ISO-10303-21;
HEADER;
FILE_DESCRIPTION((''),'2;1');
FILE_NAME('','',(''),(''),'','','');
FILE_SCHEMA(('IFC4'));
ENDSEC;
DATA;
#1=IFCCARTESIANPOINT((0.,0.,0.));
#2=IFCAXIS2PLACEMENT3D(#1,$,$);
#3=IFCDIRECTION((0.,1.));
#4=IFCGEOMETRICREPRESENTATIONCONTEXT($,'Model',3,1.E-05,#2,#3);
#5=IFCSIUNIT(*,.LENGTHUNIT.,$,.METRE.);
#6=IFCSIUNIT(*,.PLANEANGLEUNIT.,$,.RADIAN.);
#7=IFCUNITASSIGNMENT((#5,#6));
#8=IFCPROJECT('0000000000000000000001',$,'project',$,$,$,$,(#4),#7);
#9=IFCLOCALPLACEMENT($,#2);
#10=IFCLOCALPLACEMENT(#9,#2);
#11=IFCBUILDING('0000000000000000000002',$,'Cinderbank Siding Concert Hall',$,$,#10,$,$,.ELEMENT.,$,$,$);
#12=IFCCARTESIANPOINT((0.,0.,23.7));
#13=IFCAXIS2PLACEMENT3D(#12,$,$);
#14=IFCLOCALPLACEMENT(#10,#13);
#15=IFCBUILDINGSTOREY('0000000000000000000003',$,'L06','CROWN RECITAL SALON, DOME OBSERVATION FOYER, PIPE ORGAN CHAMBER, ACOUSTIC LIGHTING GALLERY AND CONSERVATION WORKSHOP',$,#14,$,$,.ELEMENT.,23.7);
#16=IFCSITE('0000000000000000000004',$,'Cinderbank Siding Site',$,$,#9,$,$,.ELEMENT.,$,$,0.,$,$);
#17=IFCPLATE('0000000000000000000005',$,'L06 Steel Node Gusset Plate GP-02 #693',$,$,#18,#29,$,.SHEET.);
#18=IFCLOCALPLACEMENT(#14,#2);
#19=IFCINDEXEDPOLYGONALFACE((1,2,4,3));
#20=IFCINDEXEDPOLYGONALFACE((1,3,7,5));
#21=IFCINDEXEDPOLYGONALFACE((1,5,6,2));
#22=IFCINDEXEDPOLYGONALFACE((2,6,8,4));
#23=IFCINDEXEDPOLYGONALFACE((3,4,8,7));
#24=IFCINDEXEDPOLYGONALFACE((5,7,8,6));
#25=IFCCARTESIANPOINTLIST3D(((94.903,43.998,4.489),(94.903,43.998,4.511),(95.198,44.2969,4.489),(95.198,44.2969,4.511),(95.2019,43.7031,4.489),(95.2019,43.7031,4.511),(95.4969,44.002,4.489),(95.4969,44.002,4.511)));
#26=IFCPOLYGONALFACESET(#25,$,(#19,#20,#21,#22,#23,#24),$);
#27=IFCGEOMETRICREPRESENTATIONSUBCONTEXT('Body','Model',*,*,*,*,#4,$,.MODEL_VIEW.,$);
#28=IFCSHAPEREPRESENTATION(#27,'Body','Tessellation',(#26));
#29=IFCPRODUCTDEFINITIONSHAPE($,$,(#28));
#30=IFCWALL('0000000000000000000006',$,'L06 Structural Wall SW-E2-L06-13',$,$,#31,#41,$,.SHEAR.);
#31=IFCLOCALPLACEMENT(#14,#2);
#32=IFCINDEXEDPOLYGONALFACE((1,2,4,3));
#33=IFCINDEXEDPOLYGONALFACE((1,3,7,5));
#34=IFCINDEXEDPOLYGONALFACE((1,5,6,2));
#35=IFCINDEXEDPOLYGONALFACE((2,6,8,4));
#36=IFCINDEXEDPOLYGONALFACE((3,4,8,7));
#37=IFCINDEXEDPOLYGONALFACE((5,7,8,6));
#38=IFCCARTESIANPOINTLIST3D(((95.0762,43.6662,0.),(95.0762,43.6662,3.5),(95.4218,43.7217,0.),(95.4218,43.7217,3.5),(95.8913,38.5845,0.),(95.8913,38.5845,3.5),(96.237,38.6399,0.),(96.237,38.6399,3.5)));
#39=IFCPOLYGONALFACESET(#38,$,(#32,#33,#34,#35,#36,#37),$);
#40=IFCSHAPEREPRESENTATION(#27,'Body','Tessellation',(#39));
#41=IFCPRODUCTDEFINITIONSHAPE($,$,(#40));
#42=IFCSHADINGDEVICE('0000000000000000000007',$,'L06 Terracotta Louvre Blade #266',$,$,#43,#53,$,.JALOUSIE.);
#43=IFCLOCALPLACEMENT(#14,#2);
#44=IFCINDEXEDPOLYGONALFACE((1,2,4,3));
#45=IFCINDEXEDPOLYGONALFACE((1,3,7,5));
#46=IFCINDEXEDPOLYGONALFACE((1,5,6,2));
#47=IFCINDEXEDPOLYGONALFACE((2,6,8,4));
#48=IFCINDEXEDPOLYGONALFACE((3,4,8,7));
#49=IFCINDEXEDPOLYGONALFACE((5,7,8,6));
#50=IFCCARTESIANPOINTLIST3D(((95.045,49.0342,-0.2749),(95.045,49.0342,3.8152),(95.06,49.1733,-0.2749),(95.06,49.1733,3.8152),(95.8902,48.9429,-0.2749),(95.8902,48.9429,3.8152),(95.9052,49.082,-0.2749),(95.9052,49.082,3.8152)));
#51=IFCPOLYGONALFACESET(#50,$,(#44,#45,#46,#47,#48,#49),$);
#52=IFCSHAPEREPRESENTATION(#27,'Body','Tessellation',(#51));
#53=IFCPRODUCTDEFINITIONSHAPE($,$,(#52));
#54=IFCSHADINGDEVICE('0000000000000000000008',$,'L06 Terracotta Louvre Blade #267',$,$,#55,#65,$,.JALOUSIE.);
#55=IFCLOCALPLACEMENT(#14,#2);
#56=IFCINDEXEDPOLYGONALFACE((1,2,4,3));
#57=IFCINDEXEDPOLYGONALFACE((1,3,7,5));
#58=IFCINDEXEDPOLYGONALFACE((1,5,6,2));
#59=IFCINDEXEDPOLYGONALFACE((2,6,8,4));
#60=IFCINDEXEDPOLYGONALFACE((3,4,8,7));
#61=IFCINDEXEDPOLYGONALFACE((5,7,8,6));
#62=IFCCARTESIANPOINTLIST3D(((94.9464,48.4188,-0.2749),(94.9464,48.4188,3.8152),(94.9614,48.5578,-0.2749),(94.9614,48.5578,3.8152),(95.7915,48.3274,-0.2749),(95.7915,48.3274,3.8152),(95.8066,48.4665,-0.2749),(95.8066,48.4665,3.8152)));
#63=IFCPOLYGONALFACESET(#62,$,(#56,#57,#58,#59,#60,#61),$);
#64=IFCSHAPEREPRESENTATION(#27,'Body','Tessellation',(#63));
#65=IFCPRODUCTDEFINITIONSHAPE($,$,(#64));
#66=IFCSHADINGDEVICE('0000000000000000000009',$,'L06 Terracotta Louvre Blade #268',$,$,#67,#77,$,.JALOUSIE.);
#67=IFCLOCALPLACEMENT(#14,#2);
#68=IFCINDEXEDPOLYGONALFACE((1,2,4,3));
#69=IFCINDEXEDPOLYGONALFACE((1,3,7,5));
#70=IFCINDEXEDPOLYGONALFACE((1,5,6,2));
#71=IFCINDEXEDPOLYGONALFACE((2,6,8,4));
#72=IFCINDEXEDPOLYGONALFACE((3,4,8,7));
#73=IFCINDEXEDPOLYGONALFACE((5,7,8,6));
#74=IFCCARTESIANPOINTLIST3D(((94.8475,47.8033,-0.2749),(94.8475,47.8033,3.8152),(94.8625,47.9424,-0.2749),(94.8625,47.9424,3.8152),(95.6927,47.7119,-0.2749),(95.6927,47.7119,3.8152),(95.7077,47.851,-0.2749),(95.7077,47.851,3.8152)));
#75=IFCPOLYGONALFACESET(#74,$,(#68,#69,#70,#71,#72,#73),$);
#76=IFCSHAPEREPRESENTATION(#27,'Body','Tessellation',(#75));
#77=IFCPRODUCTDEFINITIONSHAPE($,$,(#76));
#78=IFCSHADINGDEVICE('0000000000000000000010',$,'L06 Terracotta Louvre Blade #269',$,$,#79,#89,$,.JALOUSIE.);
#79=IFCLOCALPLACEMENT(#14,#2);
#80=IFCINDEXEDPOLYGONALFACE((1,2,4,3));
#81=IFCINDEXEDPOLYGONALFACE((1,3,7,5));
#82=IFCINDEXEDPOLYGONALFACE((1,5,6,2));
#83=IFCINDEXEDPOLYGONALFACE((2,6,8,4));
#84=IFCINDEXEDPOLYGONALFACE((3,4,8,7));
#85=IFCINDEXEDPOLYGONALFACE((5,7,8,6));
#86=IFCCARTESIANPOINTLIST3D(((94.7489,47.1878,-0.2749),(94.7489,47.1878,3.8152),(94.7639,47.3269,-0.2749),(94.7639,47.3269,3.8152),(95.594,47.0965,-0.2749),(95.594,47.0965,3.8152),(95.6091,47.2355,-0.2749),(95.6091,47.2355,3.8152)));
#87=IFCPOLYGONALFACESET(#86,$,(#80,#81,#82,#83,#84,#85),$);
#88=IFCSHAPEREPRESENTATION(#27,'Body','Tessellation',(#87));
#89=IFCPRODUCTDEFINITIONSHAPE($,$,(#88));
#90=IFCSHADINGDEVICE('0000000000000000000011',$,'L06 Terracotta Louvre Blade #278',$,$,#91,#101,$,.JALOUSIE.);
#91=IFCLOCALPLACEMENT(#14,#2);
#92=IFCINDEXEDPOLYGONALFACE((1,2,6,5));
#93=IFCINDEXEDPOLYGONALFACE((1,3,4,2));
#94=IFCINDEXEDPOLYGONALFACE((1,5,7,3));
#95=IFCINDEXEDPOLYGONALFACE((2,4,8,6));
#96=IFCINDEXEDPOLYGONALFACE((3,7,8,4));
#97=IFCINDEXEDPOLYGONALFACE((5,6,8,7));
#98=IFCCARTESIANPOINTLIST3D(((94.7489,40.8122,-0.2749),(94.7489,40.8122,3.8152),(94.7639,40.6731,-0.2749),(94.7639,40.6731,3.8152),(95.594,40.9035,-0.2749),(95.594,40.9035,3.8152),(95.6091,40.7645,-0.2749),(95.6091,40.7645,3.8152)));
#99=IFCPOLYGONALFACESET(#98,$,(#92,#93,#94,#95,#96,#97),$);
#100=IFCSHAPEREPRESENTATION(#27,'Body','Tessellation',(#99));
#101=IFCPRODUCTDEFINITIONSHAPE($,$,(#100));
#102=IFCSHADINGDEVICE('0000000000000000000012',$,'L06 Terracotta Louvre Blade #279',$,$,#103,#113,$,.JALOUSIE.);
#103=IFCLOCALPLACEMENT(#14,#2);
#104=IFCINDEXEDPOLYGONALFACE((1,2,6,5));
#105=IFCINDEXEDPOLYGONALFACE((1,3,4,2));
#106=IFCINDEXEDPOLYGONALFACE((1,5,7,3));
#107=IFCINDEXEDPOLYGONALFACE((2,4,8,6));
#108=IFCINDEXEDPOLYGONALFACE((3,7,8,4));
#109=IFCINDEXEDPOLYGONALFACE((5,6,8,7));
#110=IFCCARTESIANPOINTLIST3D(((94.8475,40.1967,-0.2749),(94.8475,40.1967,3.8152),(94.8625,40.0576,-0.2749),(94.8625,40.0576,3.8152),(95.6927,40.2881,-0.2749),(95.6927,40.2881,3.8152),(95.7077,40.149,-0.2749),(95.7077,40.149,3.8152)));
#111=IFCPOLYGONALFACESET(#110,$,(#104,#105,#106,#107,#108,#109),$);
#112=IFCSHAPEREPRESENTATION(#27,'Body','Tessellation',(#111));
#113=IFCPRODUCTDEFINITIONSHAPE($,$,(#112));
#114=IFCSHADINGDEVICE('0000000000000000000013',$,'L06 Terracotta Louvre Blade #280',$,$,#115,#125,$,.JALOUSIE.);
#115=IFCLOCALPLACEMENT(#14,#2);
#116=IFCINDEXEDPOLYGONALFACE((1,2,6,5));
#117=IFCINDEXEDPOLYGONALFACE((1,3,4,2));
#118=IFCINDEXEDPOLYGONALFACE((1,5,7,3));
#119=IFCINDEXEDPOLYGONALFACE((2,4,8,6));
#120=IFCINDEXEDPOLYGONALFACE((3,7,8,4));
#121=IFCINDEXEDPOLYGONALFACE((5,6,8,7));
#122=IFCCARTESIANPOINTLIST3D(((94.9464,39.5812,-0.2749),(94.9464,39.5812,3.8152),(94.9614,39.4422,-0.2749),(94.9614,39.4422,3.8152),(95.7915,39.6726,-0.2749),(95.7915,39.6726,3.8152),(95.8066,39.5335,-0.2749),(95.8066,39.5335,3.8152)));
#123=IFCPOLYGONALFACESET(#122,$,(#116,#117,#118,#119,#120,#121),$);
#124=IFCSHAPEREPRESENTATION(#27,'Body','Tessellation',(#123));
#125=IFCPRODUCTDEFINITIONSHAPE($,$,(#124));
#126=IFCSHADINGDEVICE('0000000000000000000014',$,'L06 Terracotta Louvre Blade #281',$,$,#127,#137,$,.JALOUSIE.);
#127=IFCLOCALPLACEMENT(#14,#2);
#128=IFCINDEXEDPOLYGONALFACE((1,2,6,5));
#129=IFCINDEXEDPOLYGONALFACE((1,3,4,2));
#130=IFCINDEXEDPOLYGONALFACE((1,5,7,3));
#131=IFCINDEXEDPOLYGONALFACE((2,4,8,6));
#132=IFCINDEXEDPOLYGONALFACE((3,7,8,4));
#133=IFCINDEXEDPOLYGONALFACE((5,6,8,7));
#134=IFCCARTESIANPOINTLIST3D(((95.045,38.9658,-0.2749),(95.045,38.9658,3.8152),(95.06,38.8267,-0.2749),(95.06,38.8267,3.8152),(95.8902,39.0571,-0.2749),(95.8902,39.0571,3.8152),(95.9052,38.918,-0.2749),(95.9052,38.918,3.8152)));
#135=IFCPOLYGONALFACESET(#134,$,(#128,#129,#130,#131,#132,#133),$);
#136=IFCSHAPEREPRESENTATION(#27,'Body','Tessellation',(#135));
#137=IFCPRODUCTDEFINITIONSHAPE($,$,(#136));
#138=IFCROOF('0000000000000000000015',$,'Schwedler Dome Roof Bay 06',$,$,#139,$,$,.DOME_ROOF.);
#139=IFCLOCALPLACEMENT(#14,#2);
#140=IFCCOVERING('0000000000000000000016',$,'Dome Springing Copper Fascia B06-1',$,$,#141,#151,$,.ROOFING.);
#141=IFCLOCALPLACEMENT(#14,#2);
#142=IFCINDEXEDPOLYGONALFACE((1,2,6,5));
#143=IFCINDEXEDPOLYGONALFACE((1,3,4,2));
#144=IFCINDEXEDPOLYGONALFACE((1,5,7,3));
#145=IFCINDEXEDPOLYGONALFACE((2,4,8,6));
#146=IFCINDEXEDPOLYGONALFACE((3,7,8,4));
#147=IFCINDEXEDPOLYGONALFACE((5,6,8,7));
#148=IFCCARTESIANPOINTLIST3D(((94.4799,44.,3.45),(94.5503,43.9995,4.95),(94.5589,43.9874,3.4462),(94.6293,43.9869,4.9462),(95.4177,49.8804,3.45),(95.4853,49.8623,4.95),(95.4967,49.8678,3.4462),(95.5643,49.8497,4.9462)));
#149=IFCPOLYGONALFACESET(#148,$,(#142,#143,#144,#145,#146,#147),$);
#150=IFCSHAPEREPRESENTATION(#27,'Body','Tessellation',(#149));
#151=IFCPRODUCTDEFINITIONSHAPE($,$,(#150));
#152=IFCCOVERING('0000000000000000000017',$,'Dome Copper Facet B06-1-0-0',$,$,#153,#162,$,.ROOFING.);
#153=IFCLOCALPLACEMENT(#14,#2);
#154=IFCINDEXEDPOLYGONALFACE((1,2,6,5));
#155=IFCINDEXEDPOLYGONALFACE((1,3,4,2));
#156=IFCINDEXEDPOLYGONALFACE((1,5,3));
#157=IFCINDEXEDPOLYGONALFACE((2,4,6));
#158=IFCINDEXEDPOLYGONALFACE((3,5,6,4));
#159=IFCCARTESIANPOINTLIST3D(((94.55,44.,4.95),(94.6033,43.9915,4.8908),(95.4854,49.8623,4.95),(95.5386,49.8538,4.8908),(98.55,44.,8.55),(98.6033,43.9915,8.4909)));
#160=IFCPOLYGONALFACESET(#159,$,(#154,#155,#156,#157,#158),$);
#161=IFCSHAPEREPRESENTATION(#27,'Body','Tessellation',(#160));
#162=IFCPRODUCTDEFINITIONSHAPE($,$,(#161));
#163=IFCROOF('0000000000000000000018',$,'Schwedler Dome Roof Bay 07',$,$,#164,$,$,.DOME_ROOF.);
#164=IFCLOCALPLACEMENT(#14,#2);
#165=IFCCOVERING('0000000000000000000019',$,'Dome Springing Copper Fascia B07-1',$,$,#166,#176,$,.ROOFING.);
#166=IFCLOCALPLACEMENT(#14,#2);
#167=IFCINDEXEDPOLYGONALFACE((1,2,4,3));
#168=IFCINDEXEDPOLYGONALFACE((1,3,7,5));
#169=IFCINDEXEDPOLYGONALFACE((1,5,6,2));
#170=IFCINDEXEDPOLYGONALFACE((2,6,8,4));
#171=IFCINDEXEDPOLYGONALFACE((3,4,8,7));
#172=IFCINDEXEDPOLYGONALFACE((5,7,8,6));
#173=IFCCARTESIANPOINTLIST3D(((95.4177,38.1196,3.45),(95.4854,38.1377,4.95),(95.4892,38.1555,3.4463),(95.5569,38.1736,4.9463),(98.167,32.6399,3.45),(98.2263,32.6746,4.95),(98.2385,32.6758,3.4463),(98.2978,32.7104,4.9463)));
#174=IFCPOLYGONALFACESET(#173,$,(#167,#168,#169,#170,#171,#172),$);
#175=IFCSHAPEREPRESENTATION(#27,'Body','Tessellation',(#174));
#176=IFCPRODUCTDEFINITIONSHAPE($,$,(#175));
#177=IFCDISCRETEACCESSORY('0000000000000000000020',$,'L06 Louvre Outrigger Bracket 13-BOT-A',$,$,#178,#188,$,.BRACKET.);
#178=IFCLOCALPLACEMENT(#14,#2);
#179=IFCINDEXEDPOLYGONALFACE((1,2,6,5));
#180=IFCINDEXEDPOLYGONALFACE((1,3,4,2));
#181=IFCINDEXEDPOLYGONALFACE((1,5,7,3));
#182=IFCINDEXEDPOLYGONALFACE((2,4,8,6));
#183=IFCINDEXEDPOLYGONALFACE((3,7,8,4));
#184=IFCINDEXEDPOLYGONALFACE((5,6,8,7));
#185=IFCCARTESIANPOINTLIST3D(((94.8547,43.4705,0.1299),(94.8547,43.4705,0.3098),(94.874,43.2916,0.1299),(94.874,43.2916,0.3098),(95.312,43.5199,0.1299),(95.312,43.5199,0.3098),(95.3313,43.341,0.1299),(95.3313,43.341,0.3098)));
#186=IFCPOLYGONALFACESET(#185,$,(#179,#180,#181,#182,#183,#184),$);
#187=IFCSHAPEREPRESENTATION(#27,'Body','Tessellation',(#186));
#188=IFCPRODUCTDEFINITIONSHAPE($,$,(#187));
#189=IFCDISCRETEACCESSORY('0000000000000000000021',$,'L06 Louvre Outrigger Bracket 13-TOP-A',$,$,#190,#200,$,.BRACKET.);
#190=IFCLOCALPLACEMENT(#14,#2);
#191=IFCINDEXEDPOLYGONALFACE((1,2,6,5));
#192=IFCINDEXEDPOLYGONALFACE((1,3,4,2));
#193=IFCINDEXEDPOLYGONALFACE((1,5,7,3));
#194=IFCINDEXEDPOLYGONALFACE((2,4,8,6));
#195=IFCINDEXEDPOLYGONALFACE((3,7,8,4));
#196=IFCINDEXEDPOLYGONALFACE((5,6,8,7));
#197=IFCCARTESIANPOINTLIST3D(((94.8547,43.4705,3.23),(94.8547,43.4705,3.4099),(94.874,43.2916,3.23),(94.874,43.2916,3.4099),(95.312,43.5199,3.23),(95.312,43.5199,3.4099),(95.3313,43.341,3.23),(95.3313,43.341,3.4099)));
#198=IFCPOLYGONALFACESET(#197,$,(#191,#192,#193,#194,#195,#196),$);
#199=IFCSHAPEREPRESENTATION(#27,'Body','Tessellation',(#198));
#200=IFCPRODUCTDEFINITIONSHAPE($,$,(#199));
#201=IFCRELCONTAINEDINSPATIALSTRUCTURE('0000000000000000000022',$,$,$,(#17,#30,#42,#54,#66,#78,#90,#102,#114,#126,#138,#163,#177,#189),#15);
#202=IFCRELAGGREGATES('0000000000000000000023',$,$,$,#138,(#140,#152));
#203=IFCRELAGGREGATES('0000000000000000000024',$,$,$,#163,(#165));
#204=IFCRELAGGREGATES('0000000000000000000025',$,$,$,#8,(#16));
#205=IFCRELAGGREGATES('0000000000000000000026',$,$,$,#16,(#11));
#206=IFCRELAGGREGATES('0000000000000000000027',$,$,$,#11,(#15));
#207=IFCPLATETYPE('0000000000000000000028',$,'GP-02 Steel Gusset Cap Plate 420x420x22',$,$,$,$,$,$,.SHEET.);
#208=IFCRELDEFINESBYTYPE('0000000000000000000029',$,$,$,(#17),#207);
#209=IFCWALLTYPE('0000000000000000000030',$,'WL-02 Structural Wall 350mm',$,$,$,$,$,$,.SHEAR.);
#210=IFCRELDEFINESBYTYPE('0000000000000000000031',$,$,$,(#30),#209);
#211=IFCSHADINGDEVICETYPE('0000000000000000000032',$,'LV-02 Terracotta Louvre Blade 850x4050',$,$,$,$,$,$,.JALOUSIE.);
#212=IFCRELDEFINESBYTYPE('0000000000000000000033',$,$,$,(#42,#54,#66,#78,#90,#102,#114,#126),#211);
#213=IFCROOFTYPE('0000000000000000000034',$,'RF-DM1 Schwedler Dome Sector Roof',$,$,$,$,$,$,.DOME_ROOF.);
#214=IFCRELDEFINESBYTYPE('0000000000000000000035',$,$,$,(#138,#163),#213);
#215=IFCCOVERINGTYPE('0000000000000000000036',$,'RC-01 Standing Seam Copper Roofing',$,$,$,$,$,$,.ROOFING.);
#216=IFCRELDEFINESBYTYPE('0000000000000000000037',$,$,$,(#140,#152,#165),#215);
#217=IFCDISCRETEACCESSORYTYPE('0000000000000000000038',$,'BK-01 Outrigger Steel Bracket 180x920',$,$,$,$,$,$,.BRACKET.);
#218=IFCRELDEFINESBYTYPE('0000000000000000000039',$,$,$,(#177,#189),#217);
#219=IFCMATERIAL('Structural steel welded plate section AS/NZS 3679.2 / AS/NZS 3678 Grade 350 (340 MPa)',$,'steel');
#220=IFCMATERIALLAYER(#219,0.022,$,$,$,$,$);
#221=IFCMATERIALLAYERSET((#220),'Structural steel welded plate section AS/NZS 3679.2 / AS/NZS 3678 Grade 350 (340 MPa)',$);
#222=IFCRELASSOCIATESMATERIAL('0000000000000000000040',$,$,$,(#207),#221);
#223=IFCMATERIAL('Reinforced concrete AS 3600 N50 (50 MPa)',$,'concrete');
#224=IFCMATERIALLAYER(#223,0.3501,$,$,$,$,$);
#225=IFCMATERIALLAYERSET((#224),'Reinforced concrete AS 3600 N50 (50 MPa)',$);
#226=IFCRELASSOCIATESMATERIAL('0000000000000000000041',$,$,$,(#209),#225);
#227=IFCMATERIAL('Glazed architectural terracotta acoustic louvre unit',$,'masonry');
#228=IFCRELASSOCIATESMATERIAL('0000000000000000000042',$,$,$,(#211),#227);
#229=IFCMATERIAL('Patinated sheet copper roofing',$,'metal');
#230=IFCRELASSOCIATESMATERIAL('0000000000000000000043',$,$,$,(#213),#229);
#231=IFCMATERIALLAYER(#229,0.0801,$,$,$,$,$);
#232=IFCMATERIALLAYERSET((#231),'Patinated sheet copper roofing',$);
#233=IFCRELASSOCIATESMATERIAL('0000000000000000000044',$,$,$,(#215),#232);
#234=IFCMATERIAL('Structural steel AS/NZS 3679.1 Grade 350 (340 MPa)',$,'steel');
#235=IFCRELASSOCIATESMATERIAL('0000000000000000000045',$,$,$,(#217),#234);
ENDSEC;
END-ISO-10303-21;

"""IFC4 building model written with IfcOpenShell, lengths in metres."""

from ifc_helpers import new_model, si_unit, direction, frame, frame_2d, origin, origin_2d, place, context, subcontext, project, spatial, polyline, rectangle, outline, extrude, material, layer, layer_set, type_object, element, aggregate, save


model = new_model("IFC4")

# Units and contexts
model_context = context("Model", 3, precision=1e-05, world=origin(), true_north=direction((0.0, 1.0)))
body_context = subcontext(model_context, "Body", "Model", "MODEL_VIEW")
ifc_project = project(units=[si_unit("LENGTHUNIT", "METRE"), si_unit("PLANEANGLEUNIT", "RADIAN")], contexts=[model_context])

# Site, building, storey
site_placement = place(None, origin())
site = spatial("IfcSite", under=ifc_project, at=site_placement, Name="Cinderbank Siding Site", CompositionType="ELEMENT", RefElevation=0.0)
building_placement = place(site_placement, origin())
building = spatial("IfcBuilding", under=site, at=building_placement, Name="Cinderbank Siding Concert Hall", CompositionType="ELEMENT")
storey_placement = place(building_placement, frame((0.0, 0.0, 23.7)))
storey = spatial("IfcBuildingStorey", under=building, at=storey_placement, Name="L06", Description="CROWN RECITAL SALON, DOME OBSERVATION FOYER, PIPE ORGAN CHAMBER, ACOUSTIC LIGHTING GALLERY AND CONSERVATION WORKSHOP", CompositionType="ELEMENT", Elevation=23.7)

# Shared definitions
ifc_material_1 = material(Name="Reinforced concrete AS 3600 N50 (50 MPa)", Category="concrete")

# Shared definitions
ifc_material_2 = material(Name="Structural steel welded plate section AS/NZS 3679.2 / AS/NZS 3678 Grade 350 (340 MPa)", Category="steel")

# Plate
ifc_layer_1 = layer(ifc_material_2, 0.022)
ifc_layer_set_1 = layer_set([ifc_layer_1], Name="Structural steel welded plate section AS/NZS 3679.2 / AS/NZS 3678 Grade 350 (340 MPa)")
plate_type = type_object("IfcPlateType", Name="GP-02 Steel Gusset Cap Plate 420x420x22", PredefinedType="SHEET", material=ifc_layer_set_1)
plate_placement = place(storey_placement, frame((95.2, 44.0, 4.489), z_axis=(0.0, 0.0, 1.0), x_axis=(0.702402, 0.711781, 0.0)))
element("IfcPlate", 1, at=plate_placement, inside=storey, type_object=plate_type, Name="L06 Steel Node Gusset Plate GP-02 #693", PredefinedType="SHEET", context=body_context, shape_type="SweptSolid", body=[
    extrude(rectangle(XDim=0.4199, YDim=0.4199, at=origin_2d()), origin(), (0.0, 0.0, 1.0), 0.022),
])

# Wall
ifc_layer_2 = layer(ifc_material_1, 0.3501)
ifc_layer_set_2 = layer_set([ifc_layer_2], Name="Reinforced concrete AS 3600 N50 (50 MPa)")
wall_type = type_object("IfcWallType", Name="WL-02 Structural Wall 350mm", PredefinedType="SHEAR", material=ifc_layer_set_2)
wall_placement = place(storey_placement, frame((95.249, 43.6938, 0.0), z_axis=(0.0, 0.0, 1.0), x_axis=(0.158388, -0.987377, 0.0)))
element("IfcWall", 2, at=wall_placement, inside=storey, type_object=wall_type, Name="L06 Structural Wall SW-E2-L06-13", PredefinedType="SHEAR", context=body_context, shape_type="SweptSolid", body=[
    extrude(rectangle(XDim=5.1467, YDim=0.3501, at=frame_2d((2.5732, 0.0))), origin(), (0.0, 0.0, 1.0), 3.5),
])

# Shading devices
ifc_material_3 = material(Name="Glazed architectural terracotta acoustic louvre unit", Category="masonry")
shading_device_type = type_object("IfcShadingDeviceType", Name="LV-02 Terracotta Louvre Blade 850x4050", PredefinedType="JALOUSIE", material=ifc_material_3)
for number, where, z_axis, x_axis, name in (
    (3, (95.4751, 49.0581, -0.2749), (0.0, 0.0, 1.0), (-0.994211, 0.107447, 0.0), "L06 Terracotta Louvre Blade #266"),
    (4, (95.3765, 48.4426, -0.2749), (0.0, 0.0, 1.0), (-0.994211, 0.107447, 0.0), "L06 Terracotta Louvre Blade #267"),
    (5, (95.2776, 47.8271, -0.2749), (0.0, 0.0, 1.0), (-0.994211, 0.107447, 0.0), "L06 Terracotta Louvre Blade #268"),
    (6, (95.179, 47.2117, -0.2749), (0.0, 0.0, 1.0), (-0.994211, 0.107447, 0.0), "L06 Terracotta Louvre Blade #269"),
    (7, (95.179, 40.7883, -0.2749), (0.0, 0.0, 1.0), (-0.994211, -0.107447, 0.0), "L06 Terracotta Louvre Blade #278"),
    (8, (95.2776, 40.1729, -0.2749), (0.0, 0.0, 1.0), (-0.994211, -0.107447, 0.0), "L06 Terracotta Louvre Blade #279"),
    (9, (95.3765, 39.5574, -0.2749), (0.0, 0.0, 1.0), (-0.994211, -0.107447, 0.0), "L06 Terracotta Louvre Blade #280"),
    (10, (95.4751, 38.9419, -0.2749), (0.0, 0.0, 1.0), (-0.994211, -0.107447, 0.0), "L06 Terracotta Louvre Blade #281"),
):
    element("IfcShadingDevice", number, at=place(storey_placement, frame(where, z_axis=z_axis, x_axis=x_axis)), inside=storey, type_object=shading_device_type, Name=name, PredefinedType="JALOUSIE", context=body_context, shape_type="SweptSolid", body=[
        extrude(rectangle(XDim=0.8501, YDim=0.1399, at=origin_2d()), origin(), (0.0, 0.0, 1.0), 4.0901),
    ])

# Roof, coverings
ifc_material_4 = material(Name="Patinated sheet copper roofing", Category="metal")
roof_type = type_object("IfcRoofType", Name="RF-DM1 Schwedler Dome Sector Roof", PredefinedType="DOME_ROOF", material=ifc_material_4)
roof_1_placement = place(storey_placement, origin())
roof_1 = element("IfcRoof", 11, at=roof_1_placement, inside=storey, type_object=roof_type, Name="Schwedler Dome Roof Bay 06", PredefinedType="DOME_ROOF")
ifc_layer_3 = layer(ifc_material_4, 0.0801)
ifc_layer_set_3 = layer_set([ifc_layer_3], Name="Patinated sheet copper roofing")
covering_type = type_object("IfcCoveringType", Name="RC-01 Standing Seam Copper Roofing", PredefinedType="ROOFING", material=ifc_layer_set_3)
covering_1_placement = place(storey_placement, frame((95.4177, 49.8804, 3.45), z_axis=(-0.98646, 0.157321, 0.04633), x_axis=(-0.15749, -0.987521, 0.0)))
covering_1 = element("IfcCovering", 12, at=covering_1_placement, type_object=covering_type, Name="Dome Springing Copper Fascia B06-1", PredefinedType="ROOFING", context=body_context, shape_type="SweptSolid", body=[
    extrude(outline(polyline([(0.0, 0.0), (5.9547, 0.0), (5.9441, 1.5016), (0.0072, 1.5016), (0.0, 0.0)])), origin(), (0.0, 0.0, -1.0), 0.0801),
])
covering_2_placement = place(storey_placement, frame((95.4854, 49.8623, 4.95), z_axis=(-0.665197, 0.106129, 0.739087), x_axis=(-0.157553, -0.987511, 0.0)))
covering_2 = element("IfcCovering", 13, at=covering_2_placement, type_object=covering_type, Name="Dome Copper Facet B06-1-0-0", PredefinedType="ROOFING", context=body_context, shape_type="SweptSolid", body=[
    extrude(outline(polyline([(0.0, 0.0), (5.9364, 0.0), (5.3062, 5.3445), (0.0, 0.0)])), origin(), (0.0, 0.0, -1.0), 0.0801),
])
aggregate(roof_1, [covering_1, covering_2])

# Roof, covering
roof_2_placement = place(storey_placement, origin())
roof_2 = element("IfcRoof", 14, at=roof_2_placement, inside=storey, type_object=roof_type, Name="Schwedler Dome Roof Bay 07", PredefinedType="DOME_ROOF")
covering_3_placement = place(storey_placement, frame((95.4177, 38.1196, 3.45), z_axis=(-0.89288, -0.447974, 0.045659), x_axis=(0.448442, -0.893812, 0.0)))
covering_3 = element("IfcCovering", 15, at=covering_3_placement, type_object=covering_type, Name="Dome Springing Copper Fascia B07-1", PredefinedType="ROOFING", context=body_context, shape_type="SweptSolid", body=[
    extrude(outline(polyline([(0.0, 0.0), (6.1307, 0.0), (6.1264, 1.5016), (0.0142, 1.5016), (0.0, 0.0)])), origin(), (0.0, 0.0, -1.0), 0.0801),
])
aggregate(roof_2, [covering_3])

# Discrete accessories
ifc_material_5 = material(Name="Structural steel AS/NZS 3679.1 Grade 350 (340 MPa)", Category="steel")
discrete_accessory_type = type_object("IfcDiscreteAccessoryType", Name="BK-01 Outrigger Steel Bracket 180x920", PredefinedType="BRACKET", material=ifc_material_5)
for number, where, z_axis, x_axis, name in (
    (16, (95.093, 43.4058, 0.1299), (0.0, 0.0, 1.0), (-0.994211, -0.107447, 0.0), "L06 Louvre Outrigger Bracket 13-BOT-A"),
    (17, (95.093, 43.4058, 3.23), (0.0, 0.0, 1.0), (-0.994211, -0.107447, 0.0), "L06 Louvre Outrigger Bracket 13-TOP-A"),
):
    element("IfcDiscreteAccessory", number, at=place(storey_placement, frame(where, z_axis=z_axis, x_axis=x_axis)), inside=storey, type_object=discrete_accessory_type, Name=name, PredefinedType="BRACKET", context=body_context, shape_type="SweptSolid", body=[
        extrude(rectangle(XDim=0.46, YDim=0.1799, at=origin_2d()), origin(), (0.0, 0.0, 1.0), 0.1799),
    ])

save(model, "model.ifc")
